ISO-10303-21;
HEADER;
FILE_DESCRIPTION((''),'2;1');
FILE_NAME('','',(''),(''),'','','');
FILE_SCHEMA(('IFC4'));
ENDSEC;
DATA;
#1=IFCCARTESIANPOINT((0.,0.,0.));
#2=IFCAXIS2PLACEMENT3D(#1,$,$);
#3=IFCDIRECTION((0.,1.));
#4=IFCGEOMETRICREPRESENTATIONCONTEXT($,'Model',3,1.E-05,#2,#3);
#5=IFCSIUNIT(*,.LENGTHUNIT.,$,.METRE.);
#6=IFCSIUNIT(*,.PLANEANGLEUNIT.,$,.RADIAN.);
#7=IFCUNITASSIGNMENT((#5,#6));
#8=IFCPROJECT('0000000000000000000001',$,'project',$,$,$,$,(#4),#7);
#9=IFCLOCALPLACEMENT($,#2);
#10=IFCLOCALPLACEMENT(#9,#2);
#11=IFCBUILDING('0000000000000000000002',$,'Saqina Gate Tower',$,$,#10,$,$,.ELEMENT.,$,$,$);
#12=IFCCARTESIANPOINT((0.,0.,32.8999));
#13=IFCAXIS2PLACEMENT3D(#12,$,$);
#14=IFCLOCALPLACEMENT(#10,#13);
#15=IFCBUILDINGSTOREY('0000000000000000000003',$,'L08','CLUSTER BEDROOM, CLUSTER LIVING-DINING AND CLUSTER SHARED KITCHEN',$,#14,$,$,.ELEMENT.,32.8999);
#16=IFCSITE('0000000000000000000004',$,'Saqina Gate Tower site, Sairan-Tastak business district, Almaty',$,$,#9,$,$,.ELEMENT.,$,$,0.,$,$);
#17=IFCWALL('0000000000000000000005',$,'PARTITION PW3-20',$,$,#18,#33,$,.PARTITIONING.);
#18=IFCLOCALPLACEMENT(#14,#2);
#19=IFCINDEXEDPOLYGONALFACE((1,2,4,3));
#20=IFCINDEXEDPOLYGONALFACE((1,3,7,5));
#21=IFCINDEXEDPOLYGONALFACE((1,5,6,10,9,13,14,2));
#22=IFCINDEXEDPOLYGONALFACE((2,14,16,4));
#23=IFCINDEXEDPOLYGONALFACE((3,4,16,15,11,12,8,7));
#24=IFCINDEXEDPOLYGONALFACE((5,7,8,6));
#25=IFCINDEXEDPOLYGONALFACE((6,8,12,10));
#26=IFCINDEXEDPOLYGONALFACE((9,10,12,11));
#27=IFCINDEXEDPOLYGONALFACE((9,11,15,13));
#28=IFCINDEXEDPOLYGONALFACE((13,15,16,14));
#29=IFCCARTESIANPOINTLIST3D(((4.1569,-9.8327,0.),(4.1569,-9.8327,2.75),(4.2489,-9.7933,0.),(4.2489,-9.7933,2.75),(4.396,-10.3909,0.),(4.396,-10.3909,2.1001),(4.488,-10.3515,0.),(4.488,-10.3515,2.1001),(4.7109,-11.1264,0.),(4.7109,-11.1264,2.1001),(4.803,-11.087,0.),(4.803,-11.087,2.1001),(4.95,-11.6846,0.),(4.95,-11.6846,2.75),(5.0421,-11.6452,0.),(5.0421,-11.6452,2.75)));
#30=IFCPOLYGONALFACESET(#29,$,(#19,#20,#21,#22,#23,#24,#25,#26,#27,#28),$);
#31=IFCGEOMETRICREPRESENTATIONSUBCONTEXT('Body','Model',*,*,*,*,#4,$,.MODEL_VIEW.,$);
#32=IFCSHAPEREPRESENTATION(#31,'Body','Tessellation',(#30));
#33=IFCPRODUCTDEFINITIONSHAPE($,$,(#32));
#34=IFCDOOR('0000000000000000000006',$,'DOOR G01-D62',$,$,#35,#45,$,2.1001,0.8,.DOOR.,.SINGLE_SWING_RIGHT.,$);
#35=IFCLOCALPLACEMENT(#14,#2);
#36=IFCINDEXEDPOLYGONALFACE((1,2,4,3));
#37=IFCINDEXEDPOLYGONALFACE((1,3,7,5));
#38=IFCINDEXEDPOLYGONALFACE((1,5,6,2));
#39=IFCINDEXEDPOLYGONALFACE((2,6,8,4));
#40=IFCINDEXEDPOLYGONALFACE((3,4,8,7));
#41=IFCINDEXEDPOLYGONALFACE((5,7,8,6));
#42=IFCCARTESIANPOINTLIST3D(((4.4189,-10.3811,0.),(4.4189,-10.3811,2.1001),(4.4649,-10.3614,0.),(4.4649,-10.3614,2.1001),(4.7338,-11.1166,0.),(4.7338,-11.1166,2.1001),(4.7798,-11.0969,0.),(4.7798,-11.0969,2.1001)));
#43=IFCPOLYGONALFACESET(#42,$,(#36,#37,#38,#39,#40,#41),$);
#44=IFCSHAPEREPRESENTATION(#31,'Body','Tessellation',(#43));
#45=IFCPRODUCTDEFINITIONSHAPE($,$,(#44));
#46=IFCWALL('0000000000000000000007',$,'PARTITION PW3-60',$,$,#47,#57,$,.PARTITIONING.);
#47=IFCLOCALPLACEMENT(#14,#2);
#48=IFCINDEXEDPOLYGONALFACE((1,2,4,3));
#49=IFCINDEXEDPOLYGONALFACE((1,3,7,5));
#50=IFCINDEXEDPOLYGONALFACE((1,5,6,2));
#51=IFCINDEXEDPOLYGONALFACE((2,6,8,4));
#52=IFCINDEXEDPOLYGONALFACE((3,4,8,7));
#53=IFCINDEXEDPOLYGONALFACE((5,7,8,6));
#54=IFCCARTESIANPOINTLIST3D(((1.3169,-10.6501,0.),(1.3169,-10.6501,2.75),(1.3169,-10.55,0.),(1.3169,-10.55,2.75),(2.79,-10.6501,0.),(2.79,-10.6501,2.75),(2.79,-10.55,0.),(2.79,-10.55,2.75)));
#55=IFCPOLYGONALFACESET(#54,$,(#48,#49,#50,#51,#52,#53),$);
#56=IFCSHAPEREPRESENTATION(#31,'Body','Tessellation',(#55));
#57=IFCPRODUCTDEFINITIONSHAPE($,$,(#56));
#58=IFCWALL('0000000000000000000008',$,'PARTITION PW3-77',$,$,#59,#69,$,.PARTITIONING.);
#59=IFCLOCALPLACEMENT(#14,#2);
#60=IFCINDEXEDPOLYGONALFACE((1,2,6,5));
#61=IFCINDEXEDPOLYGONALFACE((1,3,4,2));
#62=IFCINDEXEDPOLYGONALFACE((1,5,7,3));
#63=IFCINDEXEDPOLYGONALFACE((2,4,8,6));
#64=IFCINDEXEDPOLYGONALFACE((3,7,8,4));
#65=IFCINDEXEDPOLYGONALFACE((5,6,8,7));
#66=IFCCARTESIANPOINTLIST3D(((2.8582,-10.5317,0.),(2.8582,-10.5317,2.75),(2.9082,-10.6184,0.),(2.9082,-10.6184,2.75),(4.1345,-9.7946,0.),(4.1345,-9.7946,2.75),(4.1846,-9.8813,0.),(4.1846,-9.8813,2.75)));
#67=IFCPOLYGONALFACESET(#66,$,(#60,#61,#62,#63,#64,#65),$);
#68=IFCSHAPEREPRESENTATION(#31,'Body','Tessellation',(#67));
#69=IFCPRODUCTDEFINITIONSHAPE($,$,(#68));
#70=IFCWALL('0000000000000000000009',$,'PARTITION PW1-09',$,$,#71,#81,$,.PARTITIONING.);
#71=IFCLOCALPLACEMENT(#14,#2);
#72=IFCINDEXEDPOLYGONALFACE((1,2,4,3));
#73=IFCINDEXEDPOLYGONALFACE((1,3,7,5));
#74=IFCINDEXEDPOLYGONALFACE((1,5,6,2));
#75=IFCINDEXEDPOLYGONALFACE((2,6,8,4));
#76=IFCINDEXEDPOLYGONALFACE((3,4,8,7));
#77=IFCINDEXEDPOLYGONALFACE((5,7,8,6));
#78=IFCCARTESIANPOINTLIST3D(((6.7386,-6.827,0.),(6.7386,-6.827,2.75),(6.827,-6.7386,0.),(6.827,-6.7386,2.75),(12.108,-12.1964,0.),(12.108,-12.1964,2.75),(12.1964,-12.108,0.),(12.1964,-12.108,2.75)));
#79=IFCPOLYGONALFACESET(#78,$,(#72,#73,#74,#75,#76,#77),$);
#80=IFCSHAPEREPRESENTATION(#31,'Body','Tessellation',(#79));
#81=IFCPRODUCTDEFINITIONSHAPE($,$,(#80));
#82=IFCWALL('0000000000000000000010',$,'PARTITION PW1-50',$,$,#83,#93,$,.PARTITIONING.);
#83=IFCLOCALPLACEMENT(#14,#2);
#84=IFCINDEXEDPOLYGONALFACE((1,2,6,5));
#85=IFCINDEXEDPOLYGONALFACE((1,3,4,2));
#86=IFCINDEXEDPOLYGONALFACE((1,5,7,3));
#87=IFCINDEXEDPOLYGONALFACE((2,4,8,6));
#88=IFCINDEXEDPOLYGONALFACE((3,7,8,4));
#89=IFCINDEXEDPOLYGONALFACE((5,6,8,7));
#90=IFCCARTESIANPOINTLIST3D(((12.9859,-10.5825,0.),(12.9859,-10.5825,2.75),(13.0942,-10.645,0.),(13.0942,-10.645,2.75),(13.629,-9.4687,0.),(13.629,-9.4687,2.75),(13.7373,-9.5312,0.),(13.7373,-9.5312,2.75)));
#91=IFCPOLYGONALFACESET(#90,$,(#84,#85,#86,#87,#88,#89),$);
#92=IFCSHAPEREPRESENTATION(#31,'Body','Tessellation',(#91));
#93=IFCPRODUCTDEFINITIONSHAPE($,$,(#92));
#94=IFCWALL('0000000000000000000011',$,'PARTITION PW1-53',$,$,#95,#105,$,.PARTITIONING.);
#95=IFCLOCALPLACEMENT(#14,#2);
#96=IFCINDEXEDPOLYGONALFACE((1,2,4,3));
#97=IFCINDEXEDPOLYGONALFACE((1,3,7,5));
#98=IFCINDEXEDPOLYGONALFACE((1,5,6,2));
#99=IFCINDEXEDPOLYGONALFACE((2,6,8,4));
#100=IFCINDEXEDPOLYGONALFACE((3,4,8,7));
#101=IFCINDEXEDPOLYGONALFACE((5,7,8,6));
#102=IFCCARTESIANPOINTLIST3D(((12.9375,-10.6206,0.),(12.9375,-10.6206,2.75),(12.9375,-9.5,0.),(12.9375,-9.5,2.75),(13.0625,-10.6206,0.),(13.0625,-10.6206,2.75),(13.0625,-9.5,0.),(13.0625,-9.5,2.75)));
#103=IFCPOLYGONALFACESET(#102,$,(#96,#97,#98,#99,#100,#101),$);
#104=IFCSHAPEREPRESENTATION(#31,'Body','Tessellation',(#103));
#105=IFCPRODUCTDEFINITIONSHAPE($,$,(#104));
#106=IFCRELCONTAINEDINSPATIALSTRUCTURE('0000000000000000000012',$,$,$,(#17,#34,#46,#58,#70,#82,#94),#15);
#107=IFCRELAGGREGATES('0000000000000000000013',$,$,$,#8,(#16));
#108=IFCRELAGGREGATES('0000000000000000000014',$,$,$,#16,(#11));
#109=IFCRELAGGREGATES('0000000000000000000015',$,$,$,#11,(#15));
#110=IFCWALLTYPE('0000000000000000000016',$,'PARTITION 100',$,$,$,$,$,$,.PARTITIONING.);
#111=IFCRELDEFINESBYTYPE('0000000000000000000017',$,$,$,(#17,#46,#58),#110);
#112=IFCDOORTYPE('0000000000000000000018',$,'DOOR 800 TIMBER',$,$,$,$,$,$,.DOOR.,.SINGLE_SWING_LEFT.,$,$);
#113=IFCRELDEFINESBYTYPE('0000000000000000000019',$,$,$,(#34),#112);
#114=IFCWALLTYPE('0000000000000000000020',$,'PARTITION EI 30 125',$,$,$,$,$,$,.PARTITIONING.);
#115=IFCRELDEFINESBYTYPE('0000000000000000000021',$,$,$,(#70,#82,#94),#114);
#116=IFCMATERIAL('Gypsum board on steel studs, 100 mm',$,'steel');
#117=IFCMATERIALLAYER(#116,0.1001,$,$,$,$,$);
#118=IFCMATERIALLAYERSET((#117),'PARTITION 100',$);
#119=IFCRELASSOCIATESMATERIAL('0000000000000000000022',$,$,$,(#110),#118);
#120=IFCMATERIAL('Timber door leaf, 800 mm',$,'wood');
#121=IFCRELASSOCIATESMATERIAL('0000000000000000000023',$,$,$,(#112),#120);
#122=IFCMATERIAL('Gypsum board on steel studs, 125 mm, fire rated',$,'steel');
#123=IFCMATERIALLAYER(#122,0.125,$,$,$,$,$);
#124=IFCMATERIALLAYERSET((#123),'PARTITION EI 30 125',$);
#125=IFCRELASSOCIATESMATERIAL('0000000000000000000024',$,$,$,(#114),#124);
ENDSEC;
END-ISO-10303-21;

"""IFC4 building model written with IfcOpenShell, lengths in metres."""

from ifc_helpers import new_model, si_unit, direction, frame, frame_2d, origin, place, context, subcontext, project, spatial, rectangle, extrude, material, layer, layer_set, type_object, element, fill, save


model = new_model("IFC4")

# Units and contexts
model_context = context("Model", 3, precision=1e-05, world=origin(), true_north=direction((0.0, 1.0)))
body_context = subcontext(model_context, "Body", "Model", "MODEL_VIEW")
ifc_project = project(units=[si_unit("LENGTHUNIT", "METRE"), si_unit("PLANEANGLEUNIT", "RADIAN")], contexts=[model_context])

# Site, building, storey
site_placement = place(None, origin())
site = spatial("IfcSite", under=ifc_project, at=site_placement, Name="Saqina Gate Tower site, Sairan-Tastak business district, Almaty", CompositionType="ELEMENT", RefElevation=0.0)
building_placement = place(site_placement, origin())
building = spatial("IfcBuilding", under=site, at=building_placement, Name="Saqina Gate Tower", CompositionType="ELEMENT")
storey_placement = place(building_placement, frame((0.0, 0.0, 32.8999)))
storey = spatial("IfcBuildingStorey", under=building, at=storey_placement, Name="L08", Description="CLUSTER BEDROOM, CLUSTER LIVING-DINING AND CLUSTER SHARED KITCHEN", CompositionType="ELEMENT", Elevation=32.8999)

# Shared definitions
ifc_material_1 = material(Name="Gypsum board on steel studs, 100 mm", Category="steel")
ifc_layer_1 = layer(ifc_material_1, 0.1001)
ifc_layer_set_1 = layer_set([ifc_layer_1], Name="PARTITION 100")
wall_type_1 = type_object("IfcWallType", Name="PARTITION 100", PredefinedType="PARTITIONING", material=ifc_layer_set_1)
ifc_material_2 = material(Name="Timber door leaf, 800 mm", Category="wood")
door_type = type_object("IfcDoorType", Name="DOOR 800 TIMBER", OperationType="SINGLE_SWING_LEFT", PredefinedType="DOOR", material=ifc_material_2)

# Wall, opening, door
wall_1_placement = place(storey_placement, frame((4.2029, -9.813, 0.0), z_axis=(0.0, 0.0, 1.0), x_axis=(0.3937, -0.919239, 0.0)))
wall_1 = element("IfcWall", 1, at=wall_1_placement, inside=storey, type_object=wall_type_1, Name="PARTITION PW3-20", PredefinedType="PARTITIONING", context=body_context, shape_type="SweptSolid", body=[
    extrude(rectangle(XDim=2.0146, YDim=0.1001, at=frame_2d((1.0073, 0.0))), origin(), (0.0, 0.0, 1.0), 2.75),
])
opening_1_placement = place(wall_1_placement, frame((0.6074, 0.0, 0.0)))
opening_1 = element("IfcOpeningElement", 2, at=opening_1_placement, cuts=wall_1, PredefinedType="OPENING", context=body_context, shape_type="SweptSolid", body=[
    extrude(rectangle(XDim=0.8, YDim=2.1001, at=frame_2d((0.3999, 1.05))), frame((0.0, 0.062, 0.0), z_axis=(0.0, -1.0, 0.0), x_axis=(1.0, 0.0, 0.0)), (0.0, 0.0, 1.0), 0.124),
])
door_1_placement = place(opening_1_placement, origin())
door_1 = element("IfcDoor", 3, at=door_1_placement, inside=storey, type_object=door_type, Name="DOOR G01-D62", OperationType="SINGLE_SWING_RIGHT", OverallHeight=2.1001, OverallWidth=0.8, PredefinedType="DOOR", context=body_context, shape_type="SweptSolid", body=[
    extrude(rectangle(XDim=0.8, YDim=2.1001, at=frame_2d((0.3999, 1.05))), frame((0.0, 0.0249, 0.0), z_axis=(0.0, -1.0, 0.0), x_axis=(1.0, 0.0, 0.0)), (0.0, 0.0, 1.0), 0.05),
])
fill(opening_1, door_1)

# Walls
wall_2_placement = place(storey_placement, frame((1.3169, -10.6001, 0.0), z_axis=(0.0, 0.0, 1.0), x_axis=(1.0, 0.0, 0.0)))
element("IfcWall", 4, at=wall_2_placement, inside=storey, type_object=wall_type_1, Name="PARTITION PW3-60", PredefinedType="PARTITIONING", context=body_context, shape_type="SweptSolid", body=[
    extrude(rectangle(XDim=1.4731, YDim=0.1001, at=frame_2d((0.7366, 0.0))), origin(), (0.0, 0.0, 1.0), 2.75),
])
wall_3_placement = place(storey_placement, frame((2.8833, -10.575, 0.0), z_axis=(0.0, 0.0, 1.0), x_axis=(0.865981, 0.500076, 0.0)))
element("IfcWall", 5, at=wall_3_placement, inside=storey, type_object=wall_type_1, Name="PARTITION PW3-77", PredefinedType="PARTITIONING", context=body_context, shape_type="SweptSolid", body=[
    extrude(rectangle(XDim=1.4739, YDim=0.1001, at=frame_2d((0.7368, 0.0))), origin(), (0.0, 0.0, 1.0), 2.75),
])
ifc_material_3 = material(Name="Gypsum board on steel studs, 125 mm, fire rated", Category="steel")
ifc_layer_2 = layer(ifc_material_3, 0.125)
ifc_layer_set_2 = layer_set([ifc_layer_2], Name="PARTITION EI 30 125")
wall_type_2 = type_object("IfcWallType", Name="PARTITION EI 30 125", PredefinedType="PARTITIONING", material=ifc_layer_set_2)
wall_4_placement = place(storey_placement, frame((6.7827, -6.7827, 0.0), z_axis=(0.0, 0.0, 1.0), x_axis=(0.707107, -0.707107, 0.0)))
element("IfcWall", 6, at=wall_4_placement, inside=storey, type_object=wall_type_2, Name="PARTITION PW1-09", PredefinedType="PARTITIONING", context=body_context, shape_type="SweptSolid", body=[
    extrude(rectangle(XDim=7.5935, YDim=0.125, at=frame_2d((3.7969, 0.0))), origin(), (0.0, 0.0, 1.0), 2.75),
])
wall_5_placement = place(storey_placement, frame((13.04, -10.6138, 0.0), z_axis=(0.0, 0.0, 1.0), x_axis=(0.500018, 0.866015, 0.0)))
element("IfcWall", 7, at=wall_5_placement, inside=storey, type_object=wall_type_2, Name="PARTITION PW1-50", PredefinedType="PARTITIONING", context=body_context, shape_type="SweptSolid", body=[
    extrude(rectangle(XDim=1.2861, YDim=0.125, at=frame_2d((0.6431, 0.0))), origin(), (0.0, 0.0, 1.0), 2.75),
])
wall_6_placement = place(storey_placement, frame((13.0, -10.6206, 0.0), z_axis=(0.0, 0.0, 1.0), x_axis=(0.0, 1.0, 0.0)))
element("IfcWall", 8, at=wall_6_placement, inside=storey, type_object=wall_type_2, Name="PARTITION PW1-53", PredefinedType="PARTITIONING", context=body_context, shape_type="SweptSolid", body=[
    extrude(rectangle(XDim=1.1206, YDim=0.125, at=frame_2d((0.5603, 0.0))), origin(), (0.0, 0.0, 1.0), 2.75),
])

save(model, "model.ifc")
